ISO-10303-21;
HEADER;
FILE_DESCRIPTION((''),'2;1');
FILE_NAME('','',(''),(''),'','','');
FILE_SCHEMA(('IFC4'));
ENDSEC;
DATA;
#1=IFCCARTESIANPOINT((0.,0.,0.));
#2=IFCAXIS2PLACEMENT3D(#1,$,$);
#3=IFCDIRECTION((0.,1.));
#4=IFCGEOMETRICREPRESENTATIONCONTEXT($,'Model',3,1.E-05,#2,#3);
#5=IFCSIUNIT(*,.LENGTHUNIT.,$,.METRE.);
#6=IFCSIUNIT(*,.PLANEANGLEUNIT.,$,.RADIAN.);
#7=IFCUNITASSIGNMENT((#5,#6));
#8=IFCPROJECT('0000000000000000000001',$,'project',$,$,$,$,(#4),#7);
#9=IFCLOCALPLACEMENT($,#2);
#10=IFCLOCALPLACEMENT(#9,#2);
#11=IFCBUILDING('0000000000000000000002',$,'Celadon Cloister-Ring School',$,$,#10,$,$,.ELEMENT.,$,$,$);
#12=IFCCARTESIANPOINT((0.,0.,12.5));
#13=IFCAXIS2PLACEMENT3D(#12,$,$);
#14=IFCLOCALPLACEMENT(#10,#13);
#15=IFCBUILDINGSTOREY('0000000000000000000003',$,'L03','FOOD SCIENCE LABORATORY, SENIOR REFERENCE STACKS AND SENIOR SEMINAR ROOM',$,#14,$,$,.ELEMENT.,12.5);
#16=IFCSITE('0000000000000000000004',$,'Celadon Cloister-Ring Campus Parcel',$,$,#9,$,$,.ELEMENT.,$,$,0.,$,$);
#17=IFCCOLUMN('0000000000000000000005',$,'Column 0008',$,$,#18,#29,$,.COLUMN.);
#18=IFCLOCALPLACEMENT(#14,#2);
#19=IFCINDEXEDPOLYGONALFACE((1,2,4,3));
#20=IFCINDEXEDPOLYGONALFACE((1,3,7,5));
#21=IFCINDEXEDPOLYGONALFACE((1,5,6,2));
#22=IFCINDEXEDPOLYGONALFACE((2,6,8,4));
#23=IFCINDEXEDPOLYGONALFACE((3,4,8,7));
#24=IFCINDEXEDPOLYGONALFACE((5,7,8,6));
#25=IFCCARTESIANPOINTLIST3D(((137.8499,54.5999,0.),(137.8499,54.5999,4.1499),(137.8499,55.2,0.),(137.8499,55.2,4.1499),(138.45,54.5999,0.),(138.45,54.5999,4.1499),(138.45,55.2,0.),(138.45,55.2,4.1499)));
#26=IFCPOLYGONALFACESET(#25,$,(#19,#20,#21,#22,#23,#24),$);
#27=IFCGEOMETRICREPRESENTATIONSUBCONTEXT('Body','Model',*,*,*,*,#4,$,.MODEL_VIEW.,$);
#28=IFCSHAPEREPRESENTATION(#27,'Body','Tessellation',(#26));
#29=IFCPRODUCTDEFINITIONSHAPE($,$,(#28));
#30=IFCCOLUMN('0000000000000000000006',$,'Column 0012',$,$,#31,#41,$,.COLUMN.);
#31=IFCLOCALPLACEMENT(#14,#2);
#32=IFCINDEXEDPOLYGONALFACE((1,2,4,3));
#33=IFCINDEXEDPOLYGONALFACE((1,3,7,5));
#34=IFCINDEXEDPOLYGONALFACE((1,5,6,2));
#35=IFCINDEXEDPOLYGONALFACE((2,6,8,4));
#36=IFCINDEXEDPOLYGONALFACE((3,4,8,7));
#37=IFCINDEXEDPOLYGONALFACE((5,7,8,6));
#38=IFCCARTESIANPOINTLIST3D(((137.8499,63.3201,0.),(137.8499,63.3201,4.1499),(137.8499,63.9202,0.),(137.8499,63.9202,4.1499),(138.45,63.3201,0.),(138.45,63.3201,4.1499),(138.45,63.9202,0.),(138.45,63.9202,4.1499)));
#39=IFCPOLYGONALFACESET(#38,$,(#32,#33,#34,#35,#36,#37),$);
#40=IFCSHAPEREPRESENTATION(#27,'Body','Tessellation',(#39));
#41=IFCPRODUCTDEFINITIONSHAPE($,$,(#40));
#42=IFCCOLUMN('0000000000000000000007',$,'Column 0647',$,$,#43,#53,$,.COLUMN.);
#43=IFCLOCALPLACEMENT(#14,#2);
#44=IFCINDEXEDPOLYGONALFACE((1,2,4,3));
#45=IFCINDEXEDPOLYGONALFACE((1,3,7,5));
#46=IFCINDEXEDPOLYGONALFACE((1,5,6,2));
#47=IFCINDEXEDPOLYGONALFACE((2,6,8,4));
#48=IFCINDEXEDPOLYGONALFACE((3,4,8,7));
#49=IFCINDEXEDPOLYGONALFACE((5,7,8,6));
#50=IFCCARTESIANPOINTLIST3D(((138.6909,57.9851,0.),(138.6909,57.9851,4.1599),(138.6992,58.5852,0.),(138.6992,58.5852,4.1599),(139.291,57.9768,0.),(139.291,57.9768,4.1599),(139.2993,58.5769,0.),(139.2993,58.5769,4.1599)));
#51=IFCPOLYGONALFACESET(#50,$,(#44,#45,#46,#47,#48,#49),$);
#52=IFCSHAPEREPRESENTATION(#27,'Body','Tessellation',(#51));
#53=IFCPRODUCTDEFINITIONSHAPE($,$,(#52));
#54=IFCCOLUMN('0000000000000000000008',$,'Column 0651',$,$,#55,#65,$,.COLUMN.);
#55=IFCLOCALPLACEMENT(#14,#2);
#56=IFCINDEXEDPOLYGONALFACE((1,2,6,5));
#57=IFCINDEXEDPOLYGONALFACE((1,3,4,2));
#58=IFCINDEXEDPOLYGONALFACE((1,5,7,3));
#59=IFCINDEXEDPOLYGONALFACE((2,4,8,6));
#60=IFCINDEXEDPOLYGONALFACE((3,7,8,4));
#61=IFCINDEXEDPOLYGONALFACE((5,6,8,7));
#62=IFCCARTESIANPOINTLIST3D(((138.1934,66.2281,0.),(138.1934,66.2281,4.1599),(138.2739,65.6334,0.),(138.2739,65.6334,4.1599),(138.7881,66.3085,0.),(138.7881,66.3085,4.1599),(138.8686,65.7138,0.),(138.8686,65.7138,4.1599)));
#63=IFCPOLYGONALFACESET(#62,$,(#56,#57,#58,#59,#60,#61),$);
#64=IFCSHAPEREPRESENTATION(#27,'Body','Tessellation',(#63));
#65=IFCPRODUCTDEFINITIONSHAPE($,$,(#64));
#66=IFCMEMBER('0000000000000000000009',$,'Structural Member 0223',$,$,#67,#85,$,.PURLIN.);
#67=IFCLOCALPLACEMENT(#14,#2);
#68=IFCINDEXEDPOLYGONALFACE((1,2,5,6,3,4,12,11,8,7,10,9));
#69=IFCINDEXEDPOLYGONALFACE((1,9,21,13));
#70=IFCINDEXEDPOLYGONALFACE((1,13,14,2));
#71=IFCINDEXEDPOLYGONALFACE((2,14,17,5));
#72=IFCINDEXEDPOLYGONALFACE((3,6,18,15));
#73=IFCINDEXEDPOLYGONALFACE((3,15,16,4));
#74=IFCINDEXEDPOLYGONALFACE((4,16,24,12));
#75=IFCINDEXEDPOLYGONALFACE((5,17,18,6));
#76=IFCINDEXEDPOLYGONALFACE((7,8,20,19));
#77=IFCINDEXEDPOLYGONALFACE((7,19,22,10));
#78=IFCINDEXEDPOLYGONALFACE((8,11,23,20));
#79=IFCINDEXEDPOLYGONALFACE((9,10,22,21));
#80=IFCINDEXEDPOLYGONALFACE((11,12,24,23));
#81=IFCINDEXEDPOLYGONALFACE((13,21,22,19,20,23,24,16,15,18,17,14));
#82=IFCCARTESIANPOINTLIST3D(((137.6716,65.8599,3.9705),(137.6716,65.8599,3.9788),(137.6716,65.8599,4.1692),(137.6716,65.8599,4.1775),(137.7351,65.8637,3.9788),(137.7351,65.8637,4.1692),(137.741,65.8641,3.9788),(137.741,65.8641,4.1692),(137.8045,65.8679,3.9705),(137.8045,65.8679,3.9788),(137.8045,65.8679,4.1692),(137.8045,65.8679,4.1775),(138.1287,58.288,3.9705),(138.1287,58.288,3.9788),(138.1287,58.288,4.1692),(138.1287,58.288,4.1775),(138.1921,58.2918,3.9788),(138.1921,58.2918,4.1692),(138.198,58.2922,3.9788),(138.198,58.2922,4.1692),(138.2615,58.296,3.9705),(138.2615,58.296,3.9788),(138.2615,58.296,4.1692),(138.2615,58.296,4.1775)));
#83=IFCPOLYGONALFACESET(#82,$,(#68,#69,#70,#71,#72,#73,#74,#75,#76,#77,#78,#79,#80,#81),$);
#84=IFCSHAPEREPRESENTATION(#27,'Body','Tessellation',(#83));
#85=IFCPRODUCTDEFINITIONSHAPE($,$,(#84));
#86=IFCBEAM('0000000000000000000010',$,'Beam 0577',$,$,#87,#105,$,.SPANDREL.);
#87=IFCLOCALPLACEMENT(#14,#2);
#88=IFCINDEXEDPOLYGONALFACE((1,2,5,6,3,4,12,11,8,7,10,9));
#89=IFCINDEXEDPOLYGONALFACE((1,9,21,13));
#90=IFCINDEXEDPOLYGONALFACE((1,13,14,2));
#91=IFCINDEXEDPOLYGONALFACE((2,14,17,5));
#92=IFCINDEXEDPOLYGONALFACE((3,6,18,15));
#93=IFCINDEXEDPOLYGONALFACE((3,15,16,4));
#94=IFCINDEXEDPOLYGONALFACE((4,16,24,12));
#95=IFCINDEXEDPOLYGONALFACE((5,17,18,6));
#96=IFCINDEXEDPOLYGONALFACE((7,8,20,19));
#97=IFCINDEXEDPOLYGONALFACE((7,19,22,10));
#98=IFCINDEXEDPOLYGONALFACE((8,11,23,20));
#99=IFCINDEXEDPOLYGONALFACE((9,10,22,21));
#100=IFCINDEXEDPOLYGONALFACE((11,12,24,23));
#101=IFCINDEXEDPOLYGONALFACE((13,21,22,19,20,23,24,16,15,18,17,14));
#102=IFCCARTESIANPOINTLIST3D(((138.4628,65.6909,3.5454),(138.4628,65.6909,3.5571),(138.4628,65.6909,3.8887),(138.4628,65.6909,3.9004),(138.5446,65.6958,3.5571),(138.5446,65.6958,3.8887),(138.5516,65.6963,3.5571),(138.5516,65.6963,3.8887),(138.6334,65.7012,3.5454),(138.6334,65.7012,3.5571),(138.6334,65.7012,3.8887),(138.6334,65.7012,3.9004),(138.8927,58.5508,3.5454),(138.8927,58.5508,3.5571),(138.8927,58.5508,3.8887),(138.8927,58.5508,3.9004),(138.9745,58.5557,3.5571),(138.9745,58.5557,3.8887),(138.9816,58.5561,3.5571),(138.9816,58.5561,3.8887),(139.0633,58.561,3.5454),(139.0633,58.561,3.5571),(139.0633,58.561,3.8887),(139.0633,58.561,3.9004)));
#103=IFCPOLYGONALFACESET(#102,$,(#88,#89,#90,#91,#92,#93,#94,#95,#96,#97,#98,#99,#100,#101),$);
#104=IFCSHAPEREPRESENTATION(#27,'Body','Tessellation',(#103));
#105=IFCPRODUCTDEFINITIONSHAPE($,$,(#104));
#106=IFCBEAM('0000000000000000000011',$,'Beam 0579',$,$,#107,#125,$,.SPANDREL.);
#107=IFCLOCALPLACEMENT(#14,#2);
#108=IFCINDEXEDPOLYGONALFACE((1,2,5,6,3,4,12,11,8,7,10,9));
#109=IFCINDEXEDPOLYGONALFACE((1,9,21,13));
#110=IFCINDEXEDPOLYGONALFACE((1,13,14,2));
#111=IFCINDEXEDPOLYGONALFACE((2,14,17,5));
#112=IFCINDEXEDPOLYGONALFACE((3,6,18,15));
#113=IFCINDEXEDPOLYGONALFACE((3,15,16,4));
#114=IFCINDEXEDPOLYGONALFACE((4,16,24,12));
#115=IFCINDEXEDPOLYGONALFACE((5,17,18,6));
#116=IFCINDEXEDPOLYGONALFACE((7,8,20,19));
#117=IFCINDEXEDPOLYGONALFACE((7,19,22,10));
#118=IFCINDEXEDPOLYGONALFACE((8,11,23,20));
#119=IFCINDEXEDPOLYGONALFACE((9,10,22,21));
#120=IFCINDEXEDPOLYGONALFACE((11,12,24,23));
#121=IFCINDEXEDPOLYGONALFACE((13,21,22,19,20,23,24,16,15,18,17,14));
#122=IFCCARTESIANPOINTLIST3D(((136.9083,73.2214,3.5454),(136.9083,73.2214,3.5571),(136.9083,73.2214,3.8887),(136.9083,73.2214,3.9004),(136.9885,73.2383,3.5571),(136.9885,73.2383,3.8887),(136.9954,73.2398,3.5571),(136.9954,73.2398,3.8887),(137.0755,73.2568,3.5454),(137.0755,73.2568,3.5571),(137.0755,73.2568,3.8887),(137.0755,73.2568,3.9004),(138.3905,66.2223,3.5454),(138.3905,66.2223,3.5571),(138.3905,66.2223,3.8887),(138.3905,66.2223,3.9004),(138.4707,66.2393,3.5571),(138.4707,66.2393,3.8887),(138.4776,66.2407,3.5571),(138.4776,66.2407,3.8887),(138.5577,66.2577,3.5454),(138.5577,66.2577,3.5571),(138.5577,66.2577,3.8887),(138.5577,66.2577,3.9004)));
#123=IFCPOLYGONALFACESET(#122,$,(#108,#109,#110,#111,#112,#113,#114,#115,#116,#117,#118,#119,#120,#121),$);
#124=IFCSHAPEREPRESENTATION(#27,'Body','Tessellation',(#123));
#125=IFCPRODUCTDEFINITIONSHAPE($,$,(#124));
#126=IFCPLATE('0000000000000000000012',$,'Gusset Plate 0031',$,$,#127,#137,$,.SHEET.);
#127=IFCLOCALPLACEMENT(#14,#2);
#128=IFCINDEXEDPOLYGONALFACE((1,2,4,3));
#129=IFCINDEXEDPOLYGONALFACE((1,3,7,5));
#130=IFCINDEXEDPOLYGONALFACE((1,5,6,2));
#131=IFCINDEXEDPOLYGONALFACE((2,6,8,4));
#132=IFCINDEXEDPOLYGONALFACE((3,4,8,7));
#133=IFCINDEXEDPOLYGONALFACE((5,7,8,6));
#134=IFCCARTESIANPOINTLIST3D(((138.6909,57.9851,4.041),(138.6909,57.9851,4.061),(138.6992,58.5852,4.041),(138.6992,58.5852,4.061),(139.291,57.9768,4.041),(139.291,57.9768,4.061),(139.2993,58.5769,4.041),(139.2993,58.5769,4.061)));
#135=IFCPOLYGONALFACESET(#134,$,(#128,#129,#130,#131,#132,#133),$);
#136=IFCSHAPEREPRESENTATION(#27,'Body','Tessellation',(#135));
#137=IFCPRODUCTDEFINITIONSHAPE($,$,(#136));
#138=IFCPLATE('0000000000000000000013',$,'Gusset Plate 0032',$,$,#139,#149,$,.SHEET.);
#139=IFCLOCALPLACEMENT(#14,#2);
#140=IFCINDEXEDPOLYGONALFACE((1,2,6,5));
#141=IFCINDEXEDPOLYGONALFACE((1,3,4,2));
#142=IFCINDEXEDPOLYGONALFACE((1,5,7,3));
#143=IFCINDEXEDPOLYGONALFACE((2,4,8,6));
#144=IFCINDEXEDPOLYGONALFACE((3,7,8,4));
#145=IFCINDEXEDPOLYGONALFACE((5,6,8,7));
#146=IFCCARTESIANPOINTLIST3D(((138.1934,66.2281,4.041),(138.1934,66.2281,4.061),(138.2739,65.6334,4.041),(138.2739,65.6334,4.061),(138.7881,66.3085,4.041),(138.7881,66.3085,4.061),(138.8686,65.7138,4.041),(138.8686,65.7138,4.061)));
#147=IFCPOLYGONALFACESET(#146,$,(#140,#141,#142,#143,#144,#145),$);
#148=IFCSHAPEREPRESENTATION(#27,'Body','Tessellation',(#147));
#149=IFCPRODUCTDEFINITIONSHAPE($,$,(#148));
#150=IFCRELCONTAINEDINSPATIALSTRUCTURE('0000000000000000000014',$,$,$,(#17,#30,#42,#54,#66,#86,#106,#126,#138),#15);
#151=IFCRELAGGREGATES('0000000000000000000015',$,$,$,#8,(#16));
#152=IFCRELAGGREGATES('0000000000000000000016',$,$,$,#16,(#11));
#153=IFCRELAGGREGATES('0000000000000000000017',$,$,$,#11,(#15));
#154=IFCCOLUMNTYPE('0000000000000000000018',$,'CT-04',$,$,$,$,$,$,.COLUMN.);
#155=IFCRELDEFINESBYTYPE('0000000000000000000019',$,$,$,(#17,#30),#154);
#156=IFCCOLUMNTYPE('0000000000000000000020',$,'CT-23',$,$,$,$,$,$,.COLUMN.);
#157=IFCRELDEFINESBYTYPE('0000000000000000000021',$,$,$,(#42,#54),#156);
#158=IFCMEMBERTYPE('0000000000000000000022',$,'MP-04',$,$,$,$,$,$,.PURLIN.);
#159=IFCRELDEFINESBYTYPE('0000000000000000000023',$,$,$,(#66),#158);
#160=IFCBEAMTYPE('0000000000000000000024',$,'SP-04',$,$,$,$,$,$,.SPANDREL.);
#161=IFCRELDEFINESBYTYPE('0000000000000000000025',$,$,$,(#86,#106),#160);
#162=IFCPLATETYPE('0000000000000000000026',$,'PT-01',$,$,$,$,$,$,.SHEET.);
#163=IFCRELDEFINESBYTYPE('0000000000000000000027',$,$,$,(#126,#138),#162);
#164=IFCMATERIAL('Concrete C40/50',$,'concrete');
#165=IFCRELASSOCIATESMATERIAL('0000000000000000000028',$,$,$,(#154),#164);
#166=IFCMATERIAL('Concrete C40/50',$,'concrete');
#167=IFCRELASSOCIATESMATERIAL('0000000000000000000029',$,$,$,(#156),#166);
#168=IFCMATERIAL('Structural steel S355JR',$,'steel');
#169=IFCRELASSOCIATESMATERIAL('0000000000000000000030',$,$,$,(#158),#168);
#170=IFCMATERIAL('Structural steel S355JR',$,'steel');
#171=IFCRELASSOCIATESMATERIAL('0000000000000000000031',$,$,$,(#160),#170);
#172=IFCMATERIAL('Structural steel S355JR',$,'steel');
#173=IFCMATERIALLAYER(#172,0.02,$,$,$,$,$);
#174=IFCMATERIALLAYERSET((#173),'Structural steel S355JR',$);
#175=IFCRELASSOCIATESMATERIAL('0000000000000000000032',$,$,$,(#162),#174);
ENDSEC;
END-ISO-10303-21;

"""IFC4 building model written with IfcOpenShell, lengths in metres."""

from ifc_helpers import new_model, si_unit, direction, frame, origin, origin_2d, place, context, subcontext, project, spatial, rectangle, i_section, extrude, material, layer, layer_set, material_profile, profile_set, type_object, element, save


model = new_model("IFC4")

# Units and contexts
model_context = context("Model", 3, precision=1e-05, world=origin(), true_north=direction((0.0, 1.0)))
body_context = subcontext(model_context, "Body", "Model", "MODEL_VIEW")
ifc_project = project(units=[si_unit("LENGTHUNIT", "METRE"), si_unit("PLANEANGLEUNIT", "RADIAN")], contexts=[model_context])

# Site, building, storey
site_placement = place(None, origin())
site = spatial("IfcSite", under=ifc_project, at=site_placement, Name="Celadon Cloister-Ring Campus Parcel", CompositionType="ELEMENT", RefElevation=0.0)
building_placement = place(site_placement, origin())
building = spatial("IfcBuilding", under=site, at=building_placement, Name="Celadon Cloister-Ring School", CompositionType="ELEMENT")
storey_placement = place(building_placement, frame((0.0, 0.0, 12.5)))
storey = spatial("IfcBuildingStorey", under=building, at=storey_placement, Name="L03", Description="FOOD SCIENCE LABORATORY, SENIOR REFERENCE STACKS AND SENIOR SEMINAR ROOM", CompositionType="ELEMENT", Elevation=12.5)

# Columns
ifc_material_1 = material(Name="Concrete C40/50", Category="concrete")
ifc_material_profile_1 = material_profile(ifc_material_1, rectangle(XDim=0.6001, YDim=0.6001, at=origin_2d()), Name="RC600X600")
ifc_profile_set_1 = profile_set([ifc_material_profile_1], Name="Concrete C40/50")
column_type_1 = type_object("IfcColumnType", Name="CT-04", PredefinedType="COLUMN", material=ifc_profile_set_1)
for number, where, z_axis, x_axis, name in (
    (1, (138.1499, 54.8999, 0.0), (0.0, 0.0, 1.0), (1.0, 0.0, 0.0), "Column 0008"),
    (2, (138.1499, 63.6201, 0.0), (0.0, 0.0, 1.0), (1.0, 0.0, 0.0), "Column 0012"),
):
    element("IfcColumn", number, at=place(storey_placement, frame(where, z_axis=z_axis, x_axis=x_axis)), inside=storey, type_object=column_type_1, Name=name, PredefinedType="COLUMN", context=body_context, shape_type="SweptSolid", body=[
        extrude(rectangle(XDim=0.6001, YDim=0.6001, at=origin_2d()), origin(), (0.0, 0.0, 1.0), 4.1499),
    ])
ifc_material_2 = material(Name="Concrete C40/50", Category="concrete")
ifc_material_profile_2 = material_profile(ifc_material_2, rectangle(XDim=0.6001, YDim=0.6001, at=origin_2d()), Name="RC600X600")
ifc_profile_set_2 = profile_set([ifc_material_profile_2], Name="Concrete C40/50")
column_type_2 = type_object("IfcColumnType", Name="CT-23", PredefinedType="COLUMN", material=ifc_profile_set_2)
for number, where, z_axis, x_axis, name in (
    (3, (138.9951, 58.281, 0.0), (0.0, 0.0, 1.0), (0.999904, -0.013823, 0.0), "Column 0647"),
    (4, (138.531, 65.9709, 0.0), (0.0, 0.0, 1.0), (0.990974, 0.134055, 0.0), "Column 0651"),
):
    element("IfcColumn", number, at=place(storey_placement, frame(where, z_axis=z_axis, x_axis=x_axis)), inside=storey, type_object=column_type_2, Name=name, PredefinedType="COLUMN", context=body_context, shape_type="SweptSolid", body=[
        extrude(rectangle(XDim=0.6001, YDim=0.6001, at=origin_2d()), origin(), (0.0, 0.0, 1.0), 4.1599),
    ])

# Member
ifc_material_3 = material(Name="Structural steel S355JR", Category="steel")
ifc_material_profile_3 = material_profile(ifc_material_3, i_section(OverallWidth=0.1331, OverallDepth=0.207, WebThickness=0.0059, FlangeThickness=0.0083, at=origin_2d()), Name="W200X27")
ifc_profile_set_3 = profile_set([ifc_material_profile_3], Name="Structural steel S355JR")
member_type = type_object("IfcMemberType", Name="MP-04", PredefinedType="PURLIN", material=ifc_profile_set_3)
member_placement = place(storey_placement, frame((138.1951, 58.292, 4.074), z_axis=(-0.060248, 0.998183, 0.0), x_axis=(-0.998183, -0.060248, 0.0)))
element("IfcMember", 5, at=member_placement, inside=storey, type_object=member_type, Name="Structural Member 0223", PredefinedType="PURLIN", context=body_context, shape_type="SweptSolid", body=[
    extrude(i_section(OverallWidth=0.1331, OverallDepth=0.207, WebThickness=0.0059, FlangeThickness=0.0083, at=origin_2d()), origin(), (0.0, 0.0, 1.0), 7.5857),
])

# Beams
ifc_material_4 = material(Name="Structural steel S355JR", Category="steel")
ifc_material_profile_4 = material_profile(ifc_material_4, i_section(OverallWidth=0.1709, OverallDepth=0.355, WebThickness=0.0071, FlangeThickness=0.0117, at=origin_2d()), Name="W360X51")
ifc_profile_set_4 = profile_set([ifc_material_profile_4], Name="Structural steel S355JR")
beam_type = type_object("IfcBeamType", Name="SP-04", PredefinedType="SPANDREL", material=ifc_profile_set_4)
beam_1_placement = place(storey_placement, frame((138.978, 58.5559, 3.7229), z_axis=(-0.060105, 0.998192, 0.0), x_axis=(-0.998192, -0.060105, 0.0)))
element("IfcBeam", 6, at=beam_1_placement, inside=storey, type_object=beam_type, Name="Beam 0577", PredefinedType="SPANDREL", context=body_context, shape_type="SweptSolid", body=[
    extrude(i_section(OverallWidth=0.1709, OverallDepth=0.355, WebThickness=0.0071, FlangeThickness=0.0117, at=origin_2d()), origin(), (0.0, 0.0, 1.0), 7.1531),
])
beam_2_placement = place(storey_placement, frame((138.4741, 66.24, 3.7229), z_axis=(-0.207175, 0.978304, 0.0), x_axis=(-0.978304, -0.207175, 0.0)))
element("IfcBeam", 7, at=beam_2_placement, inside=storey, type_object=beam_type, Name="Beam 0579", PredefinedType="SPANDREL", context=body_context, shape_type="SweptSolid", body=[
    extrude(i_section(OverallWidth=0.1709, OverallDepth=0.355, WebThickness=0.0071, FlangeThickness=0.0117, at=origin_2d()), origin(), (0.0, 0.0, 1.0), 7.1543),
])

# Plates
ifc_material_5 = material(Name="Structural steel S355JR", Category="steel")
ifc_layer_1 = layer(ifc_material_5, 0.02)
ifc_layer_set_1 = layer_set([ifc_layer_1], Name="Structural steel S355JR")
plate_type = type_object("IfcPlateType", Name="PT-01", PredefinedType="SHEET", material=ifc_layer_set_1)
for number, where, z_axis, x_axis, name in (
    (8, (138.9951, 58.281, 4.041), (0.0, 0.0, 1.0), (0.999904, -0.013823, 0.0), "Gusset Plate 0031"),
    (9, (138.531, 65.9709, 4.041), (0.0, 0.0, 1.0), (0.990974, 0.134055, 0.0), "Gusset Plate 0032"),
):
    element("IfcPlate", number, at=place(storey_placement, frame(where, z_axis=z_axis, x_axis=x_axis)), inside=storey, type_object=plate_type, Name=name, PredefinedType="SHEET", context=body_context, shape_type="SweptSolid", body=[
        extrude(rectangle(XDim=0.6001, YDim=0.6001, at=origin_2d()), origin(), (0.0, 0.0, 1.0), 0.02),
    ])

save(model, "model.ifc")
